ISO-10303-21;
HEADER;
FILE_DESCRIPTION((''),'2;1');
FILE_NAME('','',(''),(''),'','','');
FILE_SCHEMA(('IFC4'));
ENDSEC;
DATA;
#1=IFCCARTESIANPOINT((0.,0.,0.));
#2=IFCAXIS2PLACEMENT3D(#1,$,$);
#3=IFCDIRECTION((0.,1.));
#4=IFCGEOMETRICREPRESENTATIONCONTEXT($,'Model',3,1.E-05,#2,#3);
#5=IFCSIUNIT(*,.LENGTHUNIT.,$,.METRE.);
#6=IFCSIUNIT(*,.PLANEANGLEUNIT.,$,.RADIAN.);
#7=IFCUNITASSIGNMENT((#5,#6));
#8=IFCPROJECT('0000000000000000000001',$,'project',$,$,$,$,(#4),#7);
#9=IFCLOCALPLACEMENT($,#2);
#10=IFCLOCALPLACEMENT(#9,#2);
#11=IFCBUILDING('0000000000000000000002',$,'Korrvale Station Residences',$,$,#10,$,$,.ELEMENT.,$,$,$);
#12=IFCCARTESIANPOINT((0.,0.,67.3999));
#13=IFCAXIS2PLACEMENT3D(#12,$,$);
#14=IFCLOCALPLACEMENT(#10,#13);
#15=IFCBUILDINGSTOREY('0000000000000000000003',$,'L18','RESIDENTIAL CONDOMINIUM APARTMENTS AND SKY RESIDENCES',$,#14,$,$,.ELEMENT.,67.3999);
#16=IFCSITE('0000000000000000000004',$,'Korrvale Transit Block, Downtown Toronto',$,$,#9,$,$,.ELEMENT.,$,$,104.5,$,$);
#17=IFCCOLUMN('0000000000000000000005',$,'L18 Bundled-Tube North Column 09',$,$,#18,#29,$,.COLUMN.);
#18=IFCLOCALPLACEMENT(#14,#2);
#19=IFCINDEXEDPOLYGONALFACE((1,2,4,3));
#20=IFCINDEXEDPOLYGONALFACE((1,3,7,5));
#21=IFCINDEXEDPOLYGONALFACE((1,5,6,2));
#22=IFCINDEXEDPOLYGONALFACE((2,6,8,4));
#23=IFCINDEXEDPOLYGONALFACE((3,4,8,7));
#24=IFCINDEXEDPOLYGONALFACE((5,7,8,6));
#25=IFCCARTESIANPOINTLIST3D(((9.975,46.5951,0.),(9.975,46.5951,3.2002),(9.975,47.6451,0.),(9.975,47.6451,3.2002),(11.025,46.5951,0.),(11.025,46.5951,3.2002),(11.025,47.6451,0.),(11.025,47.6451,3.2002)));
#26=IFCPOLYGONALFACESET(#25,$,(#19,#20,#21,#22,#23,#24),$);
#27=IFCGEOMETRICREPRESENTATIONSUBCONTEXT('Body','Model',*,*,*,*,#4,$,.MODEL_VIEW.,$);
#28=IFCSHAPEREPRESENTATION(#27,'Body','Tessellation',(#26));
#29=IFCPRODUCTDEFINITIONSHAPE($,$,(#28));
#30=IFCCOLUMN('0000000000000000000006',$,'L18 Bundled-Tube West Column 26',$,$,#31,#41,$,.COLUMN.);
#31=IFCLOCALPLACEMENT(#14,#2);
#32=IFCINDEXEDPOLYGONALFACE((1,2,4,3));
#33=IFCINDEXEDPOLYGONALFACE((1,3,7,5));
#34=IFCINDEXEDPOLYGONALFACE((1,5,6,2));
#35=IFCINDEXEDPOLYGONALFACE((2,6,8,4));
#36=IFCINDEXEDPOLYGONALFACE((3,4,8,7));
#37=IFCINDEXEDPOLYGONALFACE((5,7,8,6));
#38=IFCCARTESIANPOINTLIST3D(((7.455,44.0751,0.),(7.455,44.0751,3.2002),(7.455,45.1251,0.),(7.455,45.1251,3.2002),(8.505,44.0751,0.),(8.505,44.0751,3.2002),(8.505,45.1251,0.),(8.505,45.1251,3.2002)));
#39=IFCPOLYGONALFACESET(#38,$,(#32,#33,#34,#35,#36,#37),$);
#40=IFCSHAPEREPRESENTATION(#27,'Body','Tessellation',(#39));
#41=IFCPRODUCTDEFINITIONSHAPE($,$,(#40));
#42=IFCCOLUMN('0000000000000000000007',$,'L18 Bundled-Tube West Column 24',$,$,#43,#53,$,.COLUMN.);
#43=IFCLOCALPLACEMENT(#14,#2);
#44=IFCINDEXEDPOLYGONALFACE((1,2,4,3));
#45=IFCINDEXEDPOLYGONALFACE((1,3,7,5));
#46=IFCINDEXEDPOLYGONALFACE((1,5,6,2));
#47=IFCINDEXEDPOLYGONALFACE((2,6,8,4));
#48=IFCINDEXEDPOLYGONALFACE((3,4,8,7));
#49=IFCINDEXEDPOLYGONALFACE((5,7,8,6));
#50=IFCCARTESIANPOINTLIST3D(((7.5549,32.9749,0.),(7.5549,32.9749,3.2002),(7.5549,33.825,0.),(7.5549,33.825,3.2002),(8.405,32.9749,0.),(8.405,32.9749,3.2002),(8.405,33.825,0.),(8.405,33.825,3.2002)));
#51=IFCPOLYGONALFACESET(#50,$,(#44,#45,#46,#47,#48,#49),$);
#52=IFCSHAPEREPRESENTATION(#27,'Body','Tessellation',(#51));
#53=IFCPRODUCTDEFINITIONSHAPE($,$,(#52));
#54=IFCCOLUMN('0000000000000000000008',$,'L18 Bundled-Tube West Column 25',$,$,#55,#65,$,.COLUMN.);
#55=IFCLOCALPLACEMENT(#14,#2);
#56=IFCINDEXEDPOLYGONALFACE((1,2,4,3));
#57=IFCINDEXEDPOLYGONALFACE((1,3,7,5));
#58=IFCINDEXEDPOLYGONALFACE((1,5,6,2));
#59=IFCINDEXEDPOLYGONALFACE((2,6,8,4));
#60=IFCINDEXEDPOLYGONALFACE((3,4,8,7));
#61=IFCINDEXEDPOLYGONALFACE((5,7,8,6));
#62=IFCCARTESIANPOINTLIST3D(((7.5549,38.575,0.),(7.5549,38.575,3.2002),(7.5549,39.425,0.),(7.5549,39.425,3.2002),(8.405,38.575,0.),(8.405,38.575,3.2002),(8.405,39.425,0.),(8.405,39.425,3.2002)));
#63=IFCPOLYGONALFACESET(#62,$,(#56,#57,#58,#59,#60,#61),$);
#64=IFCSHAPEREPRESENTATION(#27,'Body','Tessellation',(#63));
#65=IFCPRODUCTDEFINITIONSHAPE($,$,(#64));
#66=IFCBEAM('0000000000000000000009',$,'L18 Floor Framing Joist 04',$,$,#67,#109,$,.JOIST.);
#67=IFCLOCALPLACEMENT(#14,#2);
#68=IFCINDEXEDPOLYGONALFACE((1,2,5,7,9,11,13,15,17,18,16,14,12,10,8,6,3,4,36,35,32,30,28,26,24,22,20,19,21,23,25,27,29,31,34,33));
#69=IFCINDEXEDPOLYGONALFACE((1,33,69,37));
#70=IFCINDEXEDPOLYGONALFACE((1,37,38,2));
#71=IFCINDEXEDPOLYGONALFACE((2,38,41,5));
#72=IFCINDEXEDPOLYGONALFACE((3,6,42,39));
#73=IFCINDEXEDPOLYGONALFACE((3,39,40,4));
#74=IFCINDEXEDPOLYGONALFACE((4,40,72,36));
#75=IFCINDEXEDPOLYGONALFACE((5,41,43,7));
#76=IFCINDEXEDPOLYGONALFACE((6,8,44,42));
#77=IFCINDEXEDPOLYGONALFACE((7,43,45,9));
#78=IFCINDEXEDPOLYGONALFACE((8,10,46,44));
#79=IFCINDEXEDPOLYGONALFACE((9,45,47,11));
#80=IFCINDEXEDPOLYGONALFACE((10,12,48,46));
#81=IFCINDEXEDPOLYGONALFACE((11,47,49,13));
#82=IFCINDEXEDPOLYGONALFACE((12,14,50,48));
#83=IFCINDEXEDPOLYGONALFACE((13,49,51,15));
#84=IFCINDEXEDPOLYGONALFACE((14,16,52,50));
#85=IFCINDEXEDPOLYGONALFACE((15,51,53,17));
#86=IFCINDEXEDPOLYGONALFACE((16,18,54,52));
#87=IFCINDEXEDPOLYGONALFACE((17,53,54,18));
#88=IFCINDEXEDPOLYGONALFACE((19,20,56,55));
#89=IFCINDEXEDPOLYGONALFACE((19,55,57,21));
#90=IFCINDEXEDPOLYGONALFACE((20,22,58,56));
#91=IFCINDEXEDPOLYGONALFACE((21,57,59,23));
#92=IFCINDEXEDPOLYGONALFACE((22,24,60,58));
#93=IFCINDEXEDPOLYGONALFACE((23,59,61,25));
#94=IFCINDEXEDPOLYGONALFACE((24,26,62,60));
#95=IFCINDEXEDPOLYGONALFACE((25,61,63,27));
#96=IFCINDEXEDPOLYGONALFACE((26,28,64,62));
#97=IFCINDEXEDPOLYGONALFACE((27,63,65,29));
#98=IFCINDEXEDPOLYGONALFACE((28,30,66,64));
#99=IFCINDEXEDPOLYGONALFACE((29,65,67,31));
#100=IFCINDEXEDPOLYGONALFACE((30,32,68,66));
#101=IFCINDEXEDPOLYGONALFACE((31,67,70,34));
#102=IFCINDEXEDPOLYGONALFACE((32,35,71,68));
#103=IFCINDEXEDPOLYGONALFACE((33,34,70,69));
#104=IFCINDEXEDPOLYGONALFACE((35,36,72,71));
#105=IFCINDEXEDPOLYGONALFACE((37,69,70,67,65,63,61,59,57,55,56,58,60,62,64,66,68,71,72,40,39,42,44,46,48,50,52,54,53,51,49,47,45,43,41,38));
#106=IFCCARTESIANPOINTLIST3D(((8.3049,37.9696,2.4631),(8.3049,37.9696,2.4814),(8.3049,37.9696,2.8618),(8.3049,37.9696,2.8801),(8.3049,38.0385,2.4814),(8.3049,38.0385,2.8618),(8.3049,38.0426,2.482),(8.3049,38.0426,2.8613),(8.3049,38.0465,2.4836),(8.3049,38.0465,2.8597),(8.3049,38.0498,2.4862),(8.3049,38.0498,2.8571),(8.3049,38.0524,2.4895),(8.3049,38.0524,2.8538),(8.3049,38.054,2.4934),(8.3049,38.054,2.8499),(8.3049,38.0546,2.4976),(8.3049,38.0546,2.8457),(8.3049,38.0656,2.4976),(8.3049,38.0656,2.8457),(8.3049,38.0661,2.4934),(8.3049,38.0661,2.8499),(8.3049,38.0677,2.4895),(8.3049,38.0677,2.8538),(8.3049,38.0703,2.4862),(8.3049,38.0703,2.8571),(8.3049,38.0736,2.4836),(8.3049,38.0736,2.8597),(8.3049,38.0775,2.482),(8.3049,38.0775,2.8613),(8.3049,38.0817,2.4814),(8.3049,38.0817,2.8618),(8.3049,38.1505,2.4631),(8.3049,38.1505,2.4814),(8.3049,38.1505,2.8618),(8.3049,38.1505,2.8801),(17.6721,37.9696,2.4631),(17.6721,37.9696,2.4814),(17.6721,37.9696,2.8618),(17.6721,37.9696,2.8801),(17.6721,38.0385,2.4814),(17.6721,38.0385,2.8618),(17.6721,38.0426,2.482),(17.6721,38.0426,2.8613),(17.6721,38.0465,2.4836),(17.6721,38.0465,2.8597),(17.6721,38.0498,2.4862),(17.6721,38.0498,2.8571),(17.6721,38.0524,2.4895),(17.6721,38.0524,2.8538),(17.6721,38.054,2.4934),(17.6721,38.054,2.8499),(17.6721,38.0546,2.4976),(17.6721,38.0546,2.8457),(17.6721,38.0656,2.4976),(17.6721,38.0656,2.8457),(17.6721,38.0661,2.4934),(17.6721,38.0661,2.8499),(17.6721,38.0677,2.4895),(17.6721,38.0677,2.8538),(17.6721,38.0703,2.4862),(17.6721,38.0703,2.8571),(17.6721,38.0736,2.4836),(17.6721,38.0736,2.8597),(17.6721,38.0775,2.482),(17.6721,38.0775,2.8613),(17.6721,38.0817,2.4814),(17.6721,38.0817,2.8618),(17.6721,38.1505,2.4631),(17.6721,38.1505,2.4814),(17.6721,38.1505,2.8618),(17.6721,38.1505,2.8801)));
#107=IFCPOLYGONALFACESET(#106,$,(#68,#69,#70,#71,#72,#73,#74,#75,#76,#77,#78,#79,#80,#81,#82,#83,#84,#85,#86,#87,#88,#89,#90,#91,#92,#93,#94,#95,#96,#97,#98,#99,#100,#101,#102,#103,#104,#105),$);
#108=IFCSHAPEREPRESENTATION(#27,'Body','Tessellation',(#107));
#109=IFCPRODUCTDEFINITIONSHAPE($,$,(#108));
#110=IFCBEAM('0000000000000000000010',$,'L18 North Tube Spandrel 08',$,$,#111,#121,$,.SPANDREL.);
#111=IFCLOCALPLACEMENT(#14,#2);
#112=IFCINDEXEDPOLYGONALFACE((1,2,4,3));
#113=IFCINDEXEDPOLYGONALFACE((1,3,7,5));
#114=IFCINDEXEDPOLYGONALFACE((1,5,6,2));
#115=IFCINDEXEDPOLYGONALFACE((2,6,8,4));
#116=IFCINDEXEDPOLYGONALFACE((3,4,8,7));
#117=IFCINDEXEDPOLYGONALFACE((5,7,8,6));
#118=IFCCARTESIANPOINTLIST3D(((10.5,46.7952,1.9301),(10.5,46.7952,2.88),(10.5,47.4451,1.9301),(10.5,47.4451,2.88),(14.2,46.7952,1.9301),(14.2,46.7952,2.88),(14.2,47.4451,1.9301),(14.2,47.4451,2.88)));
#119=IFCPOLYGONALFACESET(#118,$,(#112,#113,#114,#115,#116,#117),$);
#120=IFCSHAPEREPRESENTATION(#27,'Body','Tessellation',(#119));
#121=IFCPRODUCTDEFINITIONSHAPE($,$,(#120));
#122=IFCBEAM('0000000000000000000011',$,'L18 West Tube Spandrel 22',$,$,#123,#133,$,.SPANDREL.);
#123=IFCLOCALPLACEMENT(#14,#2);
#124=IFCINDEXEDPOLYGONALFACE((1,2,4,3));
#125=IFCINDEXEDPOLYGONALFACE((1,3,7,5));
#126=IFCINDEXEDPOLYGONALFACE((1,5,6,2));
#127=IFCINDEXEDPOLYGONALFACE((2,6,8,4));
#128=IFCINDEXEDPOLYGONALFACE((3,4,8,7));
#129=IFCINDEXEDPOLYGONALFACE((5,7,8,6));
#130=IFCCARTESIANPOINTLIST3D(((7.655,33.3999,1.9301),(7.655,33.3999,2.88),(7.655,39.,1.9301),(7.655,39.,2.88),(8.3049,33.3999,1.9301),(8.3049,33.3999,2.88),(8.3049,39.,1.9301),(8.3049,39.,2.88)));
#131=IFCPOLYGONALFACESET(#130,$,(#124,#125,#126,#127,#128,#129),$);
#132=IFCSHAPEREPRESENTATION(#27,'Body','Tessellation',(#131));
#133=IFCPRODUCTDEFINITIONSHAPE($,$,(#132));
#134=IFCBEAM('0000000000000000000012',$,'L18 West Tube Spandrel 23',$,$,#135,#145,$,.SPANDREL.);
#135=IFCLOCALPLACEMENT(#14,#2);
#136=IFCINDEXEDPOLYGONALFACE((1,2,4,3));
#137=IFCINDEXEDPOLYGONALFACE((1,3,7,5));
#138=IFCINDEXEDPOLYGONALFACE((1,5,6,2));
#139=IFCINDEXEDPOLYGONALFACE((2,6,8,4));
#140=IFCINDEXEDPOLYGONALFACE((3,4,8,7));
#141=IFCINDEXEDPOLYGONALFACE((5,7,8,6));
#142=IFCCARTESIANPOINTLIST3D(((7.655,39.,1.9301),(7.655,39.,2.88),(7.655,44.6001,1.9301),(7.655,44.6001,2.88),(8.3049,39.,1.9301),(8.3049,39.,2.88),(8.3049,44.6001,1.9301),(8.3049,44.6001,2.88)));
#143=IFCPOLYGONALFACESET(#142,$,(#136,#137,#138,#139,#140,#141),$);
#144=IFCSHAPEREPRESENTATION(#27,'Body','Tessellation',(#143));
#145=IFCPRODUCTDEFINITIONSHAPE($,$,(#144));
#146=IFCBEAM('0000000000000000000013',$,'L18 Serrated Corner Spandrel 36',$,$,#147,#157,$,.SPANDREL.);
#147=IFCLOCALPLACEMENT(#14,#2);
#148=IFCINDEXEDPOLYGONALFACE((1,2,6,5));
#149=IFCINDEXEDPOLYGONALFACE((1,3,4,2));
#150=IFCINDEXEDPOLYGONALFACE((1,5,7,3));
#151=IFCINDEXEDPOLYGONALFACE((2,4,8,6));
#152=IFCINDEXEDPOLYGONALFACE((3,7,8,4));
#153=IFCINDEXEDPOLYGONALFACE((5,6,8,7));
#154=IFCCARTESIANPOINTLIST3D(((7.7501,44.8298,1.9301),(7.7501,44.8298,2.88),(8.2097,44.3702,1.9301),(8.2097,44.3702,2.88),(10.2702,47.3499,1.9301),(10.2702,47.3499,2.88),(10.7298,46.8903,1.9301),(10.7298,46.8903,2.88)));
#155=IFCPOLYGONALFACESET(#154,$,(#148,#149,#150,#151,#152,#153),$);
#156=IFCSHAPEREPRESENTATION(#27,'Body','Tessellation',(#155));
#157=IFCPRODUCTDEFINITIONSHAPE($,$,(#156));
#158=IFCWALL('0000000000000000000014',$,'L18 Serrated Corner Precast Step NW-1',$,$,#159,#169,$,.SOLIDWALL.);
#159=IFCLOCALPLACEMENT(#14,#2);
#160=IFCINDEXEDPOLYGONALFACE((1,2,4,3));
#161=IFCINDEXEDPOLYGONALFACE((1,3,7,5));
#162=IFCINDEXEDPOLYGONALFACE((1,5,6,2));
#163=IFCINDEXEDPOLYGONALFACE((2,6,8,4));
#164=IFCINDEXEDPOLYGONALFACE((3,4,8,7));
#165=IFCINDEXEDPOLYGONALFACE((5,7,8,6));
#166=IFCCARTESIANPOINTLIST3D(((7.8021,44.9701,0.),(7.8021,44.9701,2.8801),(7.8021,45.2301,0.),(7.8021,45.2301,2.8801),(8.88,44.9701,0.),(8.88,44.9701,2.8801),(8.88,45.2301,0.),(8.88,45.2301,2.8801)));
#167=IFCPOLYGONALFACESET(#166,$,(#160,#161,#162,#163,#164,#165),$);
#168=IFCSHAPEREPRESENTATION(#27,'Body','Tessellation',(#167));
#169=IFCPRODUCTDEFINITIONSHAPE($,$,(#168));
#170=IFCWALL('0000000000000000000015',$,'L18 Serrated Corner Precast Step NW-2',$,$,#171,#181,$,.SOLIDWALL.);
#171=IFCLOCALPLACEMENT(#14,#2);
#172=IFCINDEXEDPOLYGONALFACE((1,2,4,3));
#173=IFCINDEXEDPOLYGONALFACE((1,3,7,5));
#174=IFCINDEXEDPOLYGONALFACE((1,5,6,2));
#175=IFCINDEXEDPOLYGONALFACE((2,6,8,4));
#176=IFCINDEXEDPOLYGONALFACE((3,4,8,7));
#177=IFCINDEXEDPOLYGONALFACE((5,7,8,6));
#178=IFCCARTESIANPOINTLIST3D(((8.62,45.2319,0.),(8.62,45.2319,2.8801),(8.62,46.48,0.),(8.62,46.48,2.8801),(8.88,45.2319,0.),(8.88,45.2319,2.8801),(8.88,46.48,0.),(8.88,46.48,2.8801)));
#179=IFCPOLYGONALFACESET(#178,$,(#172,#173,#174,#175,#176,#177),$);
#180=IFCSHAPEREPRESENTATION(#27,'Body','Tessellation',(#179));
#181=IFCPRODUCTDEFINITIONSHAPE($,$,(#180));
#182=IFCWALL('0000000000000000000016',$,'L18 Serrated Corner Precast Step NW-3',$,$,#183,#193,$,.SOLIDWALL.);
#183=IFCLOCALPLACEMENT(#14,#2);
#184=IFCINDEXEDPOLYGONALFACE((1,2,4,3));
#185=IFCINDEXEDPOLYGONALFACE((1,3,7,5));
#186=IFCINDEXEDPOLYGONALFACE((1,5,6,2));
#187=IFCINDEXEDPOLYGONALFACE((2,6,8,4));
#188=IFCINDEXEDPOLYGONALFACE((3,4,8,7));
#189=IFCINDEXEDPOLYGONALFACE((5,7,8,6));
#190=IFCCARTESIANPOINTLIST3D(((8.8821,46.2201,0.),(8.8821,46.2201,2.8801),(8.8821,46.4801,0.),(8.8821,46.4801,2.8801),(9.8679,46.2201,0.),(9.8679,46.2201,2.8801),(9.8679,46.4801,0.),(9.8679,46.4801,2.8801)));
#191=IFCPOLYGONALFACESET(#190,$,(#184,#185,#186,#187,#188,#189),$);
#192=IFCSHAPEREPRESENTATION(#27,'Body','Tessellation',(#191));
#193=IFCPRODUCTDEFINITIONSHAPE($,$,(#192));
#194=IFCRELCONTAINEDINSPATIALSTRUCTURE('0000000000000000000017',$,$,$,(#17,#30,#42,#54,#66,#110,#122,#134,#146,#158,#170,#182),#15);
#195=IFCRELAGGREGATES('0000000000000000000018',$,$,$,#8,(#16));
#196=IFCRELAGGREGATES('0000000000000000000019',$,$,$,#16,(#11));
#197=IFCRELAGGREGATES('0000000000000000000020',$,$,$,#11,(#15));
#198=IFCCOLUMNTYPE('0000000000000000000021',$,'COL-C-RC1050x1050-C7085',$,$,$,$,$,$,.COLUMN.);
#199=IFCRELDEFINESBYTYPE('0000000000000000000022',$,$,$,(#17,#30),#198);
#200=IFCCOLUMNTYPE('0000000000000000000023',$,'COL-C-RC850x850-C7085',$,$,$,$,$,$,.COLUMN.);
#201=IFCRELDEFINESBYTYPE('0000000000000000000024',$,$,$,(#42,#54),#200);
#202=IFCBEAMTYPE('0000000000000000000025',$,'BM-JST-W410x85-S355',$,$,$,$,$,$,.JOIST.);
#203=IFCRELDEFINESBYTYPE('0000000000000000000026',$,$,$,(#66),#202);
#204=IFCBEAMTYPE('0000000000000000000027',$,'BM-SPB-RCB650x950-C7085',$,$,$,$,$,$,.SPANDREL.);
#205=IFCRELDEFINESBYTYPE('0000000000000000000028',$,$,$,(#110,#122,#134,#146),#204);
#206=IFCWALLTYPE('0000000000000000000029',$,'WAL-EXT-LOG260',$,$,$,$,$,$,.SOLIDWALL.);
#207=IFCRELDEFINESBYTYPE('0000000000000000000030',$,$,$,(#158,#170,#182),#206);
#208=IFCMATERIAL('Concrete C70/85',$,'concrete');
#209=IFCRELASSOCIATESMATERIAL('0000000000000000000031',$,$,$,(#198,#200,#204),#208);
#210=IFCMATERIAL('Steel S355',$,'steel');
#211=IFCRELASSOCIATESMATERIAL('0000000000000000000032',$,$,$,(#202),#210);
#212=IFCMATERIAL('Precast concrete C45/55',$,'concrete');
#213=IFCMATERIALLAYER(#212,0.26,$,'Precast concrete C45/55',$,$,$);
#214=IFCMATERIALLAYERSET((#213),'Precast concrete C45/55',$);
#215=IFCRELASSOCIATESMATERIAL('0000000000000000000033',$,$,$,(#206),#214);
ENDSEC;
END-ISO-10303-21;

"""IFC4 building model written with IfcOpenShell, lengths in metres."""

from ifc_helpers import new_model, si_unit, direction, frame, frame_2d, origin, origin_2d, place, context, subcontext, project, spatial, rectangle, i_section, extrude, material, layer, layer_set, material_profile, profile_set, type_object, element, save


model = new_model("IFC4")

# Units and contexts
model_context = context("Model", 3, precision=1e-05, world=origin(), true_north=direction((0.0, 1.0)))
body_context = subcontext(model_context, "Body", "Model", "MODEL_VIEW")
ifc_project = project(units=[si_unit("LENGTHUNIT", "METRE"), si_unit("PLANEANGLEUNIT", "RADIAN")], contexts=[model_context])

# Site, building, storey
site_placement = place(None, origin())
site = spatial("IfcSite", under=ifc_project, at=site_placement, Name="Korrvale Transit Block, Downtown Toronto", CompositionType="ELEMENT", RefElevation=104.5)
building_placement = place(site_placement, origin())
building = spatial("IfcBuilding", under=site, at=building_placement, Name="Korrvale Station Residences", CompositionType="ELEMENT")
storey_placement = place(building_placement, frame((0.0, 0.0, 67.3999)))
storey = spatial("IfcBuildingStorey", under=building, at=storey_placement, Name="L18", Description="RESIDENTIAL CONDOMINIUM APARTMENTS AND SKY RESIDENCES", CompositionType="ELEMENT", Elevation=67.3999)

# Columns
ifc_material_1 = material(Name="Concrete C70/85", Category="concrete")
ifc_material_profile_1 = material_profile(ifc_material_1, rectangle(XDim=1.05, YDim=1.05, at=origin_2d()), Name="RC1050x1050")
ifc_profile_set_1 = profile_set([ifc_material_profile_1], Name="Concrete C70/85")
column_type_1 = type_object("IfcColumnType", Name="COL-C-RC1050x1050-C7085", PredefinedType="COLUMN", material=ifc_profile_set_1)
for number, where, z_axis, x_axis, name in (
    (1, (10.5, 47.1201, 0.0), (0.0, 0.0, 1.0), (1.0, 0.0, 0.0), "L18 Bundled-Tube North Column 09"),
    (2, (7.98, 44.6001, 0.0), (0.0, 0.0, 1.0), (1.0, 0.0, 0.0), "L18 Bundled-Tube West Column 26"),
):
    element("IfcColumn", number, at=place(storey_placement, frame(where, z_axis=z_axis, x_axis=x_axis)), inside=storey, type_object=column_type_1, Name=name, PredefinedType="COLUMN", context=body_context, shape_type="SweptSolid", body=[
        extrude(rectangle(XDim=1.05, YDim=1.05, at=origin_2d()), origin(), (0.0, 0.0, 1.0), 3.2002),
    ])
ifc_material_profile_2 = material_profile(ifc_material_1, rectangle(XDim=0.8501, YDim=0.8501, at=origin_2d()), Name="RC850x850")
ifc_profile_set_2 = profile_set([ifc_material_profile_2], Name="Concrete C70/85")
column_type_2 = type_object("IfcColumnType", Name="COL-C-RC850x850-C7085", PredefinedType="COLUMN", material=ifc_profile_set_2)
for number, where, z_axis, x_axis, name in (
    (3, (7.98, 33.3999, 0.0), (0.0, 0.0, 1.0), (1.0, 0.0, 0.0), "L18 Bundled-Tube West Column 24"),
    (4, (7.98, 39.0, 0.0), (0.0, 0.0, 1.0), (1.0, 0.0, 0.0), "L18 Bundled-Tube West Column 25"),
):
    element("IfcColumn", number, at=place(storey_placement, frame(where, z_axis=z_axis, x_axis=x_axis)), inside=storey, type_object=column_type_2, Name=name, PredefinedType="COLUMN", context=body_context, shape_type="SweptSolid", body=[
        extrude(rectangle(XDim=0.8501, YDim=0.8501, at=origin_2d()), origin(), (0.0, 0.0, 1.0), 3.2002),
    ])

# Beams
ifc_material_2 = material(Name="Steel S355", Category="steel")
ifc_material_profile_3 = material_profile(ifc_material_2, i_section(OverallWidth=0.1809, OverallDepth=0.417, WebThickness=0.011, FlangeThickness=0.0183, FilletRadius=0.0161, at=origin_2d()), Name="W410x85")
ifc_profile_set_3 = profile_set([ifc_material_profile_3], Name="Steel S355")
beam_type_1 = type_object("IfcBeamType", Name="BM-JST-W410x85-S355", PredefinedType="JOIST", material=ifc_profile_set_3)
beam_1_placement = place(storey_placement, frame((8.3049, 38.0601, 2.6716), z_axis=(1.0, 0.0, 0.0), x_axis=(0.0, 1.0, 0.0)))
element("IfcBeam", 5, at=beam_1_placement, inside=storey, type_object=beam_type_1, Name="L18 Floor Framing Joist 04", PredefinedType="JOIST", context=body_context, shape_type="SweptSolid", body=[
    extrude(i_section(OverallWidth=0.1809, OverallDepth=0.417, WebThickness=0.011, FlangeThickness=0.0183, FilletRadius=0.0161, at=origin_2d()), origin(), (0.0, 0.0, 1.0), 9.3672),
])
ifc_material_profile_4 = material_profile(ifc_material_1, rectangle(XDim=0.6499, YDim=0.95, at=origin_2d()), Name="RCB650x950")
ifc_profile_set_4 = profile_set([ifc_material_profile_4], Name="Concrete C70/85")
beam_type_2 = type_object("IfcBeamType", Name="BM-SPB-RCB650x950-C7085", PredefinedType="SPANDREL", material=ifc_profile_set_4)
beam_2_placement = place(storey_placement, frame((10.5, 47.1201, 2.405), z_axis=(1.0, 0.0, 0.0), x_axis=(0.0, 1.0, 0.0)))
element("IfcBeam", 6, at=beam_2_placement, inside=storey, type_object=beam_type_2, Name="L18 North Tube Spandrel 08", PredefinedType="SPANDREL", context=body_context, shape_type="SweptSolid", body=[
    extrude(rectangle(XDim=0.6499, YDim=0.95, at=origin_2d()), origin(), (0.0, 0.0, 1.0), 3.7),
])
for number, where, z_axis, x_axis, name in (
    (7, (7.98, 33.3999, 2.405), (0.0, 1.0, 0.0), (-1.0, 0.0, 0.0), "L18 West Tube Spandrel 22"),
    (8, (7.98, 39.0, 2.405), (0.0, 1.0, 0.0), (-1.0, 0.0, 0.0), "L18 West Tube Spandrel 23"),
):
    element("IfcBeam", number, at=place(storey_placement, frame(where, z_axis=z_axis, x_axis=x_axis)), inside=storey, type_object=beam_type_2, Name=name, PredefinedType="SPANDREL", context=body_context, shape_type="SweptSolid", body=[
        extrude(rectangle(XDim=0.6499, YDim=0.95, at=origin_2d()), origin(), (0.0, 0.0, 1.0), 5.6001),
    ])
beam_3_placement = place(storey_placement, frame((10.5, 47.1201, 2.405), z_axis=(-0.707107, -0.707107, 0.0), x_axis=(0.707107, -0.707107, 0.0)))
element("IfcBeam", 9, at=beam_3_placement, inside=storey, type_object=beam_type_2, Name="L18 Serrated Corner Spandrel 36", PredefinedType="SPANDREL", context=body_context, shape_type="SweptSolid", body=[
    extrude(rectangle(XDim=0.6499, YDim=0.95, at=origin_2d()), origin(), (0.0, 0.0, 1.0), 3.564),
])

# Walls
ifc_material_3 = material(Name="Precast concrete C45/55", Category="concrete")
ifc_layer_1 = layer(ifc_material_3, 0.26, Name="Precast concrete C45/55")
ifc_layer_set_1 = layer_set([ifc_layer_1], Name="Precast concrete C45/55")
wall_type_1 = type_object("IfcWallType", Name="WAL-EXT-LOG260", PredefinedType="SOLIDWALL", material=ifc_layer_set_1)
wall_1_placement = place(storey_placement, frame((7.802, 45.1001, 0.0), z_axis=(0.0, 0.0, 1.0), x_axis=(1.0, 0.0, 0.0)))
element("IfcWall", 10, at=wall_1_placement, inside=storey, type_object=wall_type_1, Name="L18 Serrated Corner Precast Step NW-1", PredefinedType="SOLIDWALL", context=body_context, shape_type="SweptSolid", body=[
    extrude(rectangle(XDim=1.0779, YDim=0.26, at=frame_2d((0.5391, 0.0))), origin(), (0.0, 0.0, 1.0), 2.8801),
])
wall_2_placement = place(storey_placement, frame((8.75, 45.2319, 0.0), z_axis=(0.0, 0.0, 1.0), x_axis=(0.0, 1.0, 0.0)))
element("IfcWall", 11, at=wall_2_placement, inside=storey, type_object=wall_type_1, Name="L18 Serrated Corner Precast Step NW-2", PredefinedType="SOLIDWALL", context=body_context, shape_type="SweptSolid", body=[
    extrude(rectangle(XDim=1.248, YDim=0.26, at=frame_2d((0.624, 0.0))), origin(), (0.0, 0.0, 1.0), 2.8801),
])
wall_3_placement = place(storey_placement, frame((8.8821, 46.3501, 0.0), z_axis=(0.0, 0.0, 1.0), x_axis=(1.0, 0.0, 0.0)))
element("IfcWall", 12, at=wall_3_placement, inside=storey, type_object=wall_type_1, Name="L18 Serrated Corner Precast Step NW-3", PredefinedType="SOLIDWALL", context=body_context, shape_type="SweptSolid", body=[
    extrude(rectangle(XDim=0.9858, YDim=0.26, at=frame_2d((0.4929, 0.0))), origin(), (0.0, 0.0, 1.0), 2.8801),
])

save(model, "model.ifc")
